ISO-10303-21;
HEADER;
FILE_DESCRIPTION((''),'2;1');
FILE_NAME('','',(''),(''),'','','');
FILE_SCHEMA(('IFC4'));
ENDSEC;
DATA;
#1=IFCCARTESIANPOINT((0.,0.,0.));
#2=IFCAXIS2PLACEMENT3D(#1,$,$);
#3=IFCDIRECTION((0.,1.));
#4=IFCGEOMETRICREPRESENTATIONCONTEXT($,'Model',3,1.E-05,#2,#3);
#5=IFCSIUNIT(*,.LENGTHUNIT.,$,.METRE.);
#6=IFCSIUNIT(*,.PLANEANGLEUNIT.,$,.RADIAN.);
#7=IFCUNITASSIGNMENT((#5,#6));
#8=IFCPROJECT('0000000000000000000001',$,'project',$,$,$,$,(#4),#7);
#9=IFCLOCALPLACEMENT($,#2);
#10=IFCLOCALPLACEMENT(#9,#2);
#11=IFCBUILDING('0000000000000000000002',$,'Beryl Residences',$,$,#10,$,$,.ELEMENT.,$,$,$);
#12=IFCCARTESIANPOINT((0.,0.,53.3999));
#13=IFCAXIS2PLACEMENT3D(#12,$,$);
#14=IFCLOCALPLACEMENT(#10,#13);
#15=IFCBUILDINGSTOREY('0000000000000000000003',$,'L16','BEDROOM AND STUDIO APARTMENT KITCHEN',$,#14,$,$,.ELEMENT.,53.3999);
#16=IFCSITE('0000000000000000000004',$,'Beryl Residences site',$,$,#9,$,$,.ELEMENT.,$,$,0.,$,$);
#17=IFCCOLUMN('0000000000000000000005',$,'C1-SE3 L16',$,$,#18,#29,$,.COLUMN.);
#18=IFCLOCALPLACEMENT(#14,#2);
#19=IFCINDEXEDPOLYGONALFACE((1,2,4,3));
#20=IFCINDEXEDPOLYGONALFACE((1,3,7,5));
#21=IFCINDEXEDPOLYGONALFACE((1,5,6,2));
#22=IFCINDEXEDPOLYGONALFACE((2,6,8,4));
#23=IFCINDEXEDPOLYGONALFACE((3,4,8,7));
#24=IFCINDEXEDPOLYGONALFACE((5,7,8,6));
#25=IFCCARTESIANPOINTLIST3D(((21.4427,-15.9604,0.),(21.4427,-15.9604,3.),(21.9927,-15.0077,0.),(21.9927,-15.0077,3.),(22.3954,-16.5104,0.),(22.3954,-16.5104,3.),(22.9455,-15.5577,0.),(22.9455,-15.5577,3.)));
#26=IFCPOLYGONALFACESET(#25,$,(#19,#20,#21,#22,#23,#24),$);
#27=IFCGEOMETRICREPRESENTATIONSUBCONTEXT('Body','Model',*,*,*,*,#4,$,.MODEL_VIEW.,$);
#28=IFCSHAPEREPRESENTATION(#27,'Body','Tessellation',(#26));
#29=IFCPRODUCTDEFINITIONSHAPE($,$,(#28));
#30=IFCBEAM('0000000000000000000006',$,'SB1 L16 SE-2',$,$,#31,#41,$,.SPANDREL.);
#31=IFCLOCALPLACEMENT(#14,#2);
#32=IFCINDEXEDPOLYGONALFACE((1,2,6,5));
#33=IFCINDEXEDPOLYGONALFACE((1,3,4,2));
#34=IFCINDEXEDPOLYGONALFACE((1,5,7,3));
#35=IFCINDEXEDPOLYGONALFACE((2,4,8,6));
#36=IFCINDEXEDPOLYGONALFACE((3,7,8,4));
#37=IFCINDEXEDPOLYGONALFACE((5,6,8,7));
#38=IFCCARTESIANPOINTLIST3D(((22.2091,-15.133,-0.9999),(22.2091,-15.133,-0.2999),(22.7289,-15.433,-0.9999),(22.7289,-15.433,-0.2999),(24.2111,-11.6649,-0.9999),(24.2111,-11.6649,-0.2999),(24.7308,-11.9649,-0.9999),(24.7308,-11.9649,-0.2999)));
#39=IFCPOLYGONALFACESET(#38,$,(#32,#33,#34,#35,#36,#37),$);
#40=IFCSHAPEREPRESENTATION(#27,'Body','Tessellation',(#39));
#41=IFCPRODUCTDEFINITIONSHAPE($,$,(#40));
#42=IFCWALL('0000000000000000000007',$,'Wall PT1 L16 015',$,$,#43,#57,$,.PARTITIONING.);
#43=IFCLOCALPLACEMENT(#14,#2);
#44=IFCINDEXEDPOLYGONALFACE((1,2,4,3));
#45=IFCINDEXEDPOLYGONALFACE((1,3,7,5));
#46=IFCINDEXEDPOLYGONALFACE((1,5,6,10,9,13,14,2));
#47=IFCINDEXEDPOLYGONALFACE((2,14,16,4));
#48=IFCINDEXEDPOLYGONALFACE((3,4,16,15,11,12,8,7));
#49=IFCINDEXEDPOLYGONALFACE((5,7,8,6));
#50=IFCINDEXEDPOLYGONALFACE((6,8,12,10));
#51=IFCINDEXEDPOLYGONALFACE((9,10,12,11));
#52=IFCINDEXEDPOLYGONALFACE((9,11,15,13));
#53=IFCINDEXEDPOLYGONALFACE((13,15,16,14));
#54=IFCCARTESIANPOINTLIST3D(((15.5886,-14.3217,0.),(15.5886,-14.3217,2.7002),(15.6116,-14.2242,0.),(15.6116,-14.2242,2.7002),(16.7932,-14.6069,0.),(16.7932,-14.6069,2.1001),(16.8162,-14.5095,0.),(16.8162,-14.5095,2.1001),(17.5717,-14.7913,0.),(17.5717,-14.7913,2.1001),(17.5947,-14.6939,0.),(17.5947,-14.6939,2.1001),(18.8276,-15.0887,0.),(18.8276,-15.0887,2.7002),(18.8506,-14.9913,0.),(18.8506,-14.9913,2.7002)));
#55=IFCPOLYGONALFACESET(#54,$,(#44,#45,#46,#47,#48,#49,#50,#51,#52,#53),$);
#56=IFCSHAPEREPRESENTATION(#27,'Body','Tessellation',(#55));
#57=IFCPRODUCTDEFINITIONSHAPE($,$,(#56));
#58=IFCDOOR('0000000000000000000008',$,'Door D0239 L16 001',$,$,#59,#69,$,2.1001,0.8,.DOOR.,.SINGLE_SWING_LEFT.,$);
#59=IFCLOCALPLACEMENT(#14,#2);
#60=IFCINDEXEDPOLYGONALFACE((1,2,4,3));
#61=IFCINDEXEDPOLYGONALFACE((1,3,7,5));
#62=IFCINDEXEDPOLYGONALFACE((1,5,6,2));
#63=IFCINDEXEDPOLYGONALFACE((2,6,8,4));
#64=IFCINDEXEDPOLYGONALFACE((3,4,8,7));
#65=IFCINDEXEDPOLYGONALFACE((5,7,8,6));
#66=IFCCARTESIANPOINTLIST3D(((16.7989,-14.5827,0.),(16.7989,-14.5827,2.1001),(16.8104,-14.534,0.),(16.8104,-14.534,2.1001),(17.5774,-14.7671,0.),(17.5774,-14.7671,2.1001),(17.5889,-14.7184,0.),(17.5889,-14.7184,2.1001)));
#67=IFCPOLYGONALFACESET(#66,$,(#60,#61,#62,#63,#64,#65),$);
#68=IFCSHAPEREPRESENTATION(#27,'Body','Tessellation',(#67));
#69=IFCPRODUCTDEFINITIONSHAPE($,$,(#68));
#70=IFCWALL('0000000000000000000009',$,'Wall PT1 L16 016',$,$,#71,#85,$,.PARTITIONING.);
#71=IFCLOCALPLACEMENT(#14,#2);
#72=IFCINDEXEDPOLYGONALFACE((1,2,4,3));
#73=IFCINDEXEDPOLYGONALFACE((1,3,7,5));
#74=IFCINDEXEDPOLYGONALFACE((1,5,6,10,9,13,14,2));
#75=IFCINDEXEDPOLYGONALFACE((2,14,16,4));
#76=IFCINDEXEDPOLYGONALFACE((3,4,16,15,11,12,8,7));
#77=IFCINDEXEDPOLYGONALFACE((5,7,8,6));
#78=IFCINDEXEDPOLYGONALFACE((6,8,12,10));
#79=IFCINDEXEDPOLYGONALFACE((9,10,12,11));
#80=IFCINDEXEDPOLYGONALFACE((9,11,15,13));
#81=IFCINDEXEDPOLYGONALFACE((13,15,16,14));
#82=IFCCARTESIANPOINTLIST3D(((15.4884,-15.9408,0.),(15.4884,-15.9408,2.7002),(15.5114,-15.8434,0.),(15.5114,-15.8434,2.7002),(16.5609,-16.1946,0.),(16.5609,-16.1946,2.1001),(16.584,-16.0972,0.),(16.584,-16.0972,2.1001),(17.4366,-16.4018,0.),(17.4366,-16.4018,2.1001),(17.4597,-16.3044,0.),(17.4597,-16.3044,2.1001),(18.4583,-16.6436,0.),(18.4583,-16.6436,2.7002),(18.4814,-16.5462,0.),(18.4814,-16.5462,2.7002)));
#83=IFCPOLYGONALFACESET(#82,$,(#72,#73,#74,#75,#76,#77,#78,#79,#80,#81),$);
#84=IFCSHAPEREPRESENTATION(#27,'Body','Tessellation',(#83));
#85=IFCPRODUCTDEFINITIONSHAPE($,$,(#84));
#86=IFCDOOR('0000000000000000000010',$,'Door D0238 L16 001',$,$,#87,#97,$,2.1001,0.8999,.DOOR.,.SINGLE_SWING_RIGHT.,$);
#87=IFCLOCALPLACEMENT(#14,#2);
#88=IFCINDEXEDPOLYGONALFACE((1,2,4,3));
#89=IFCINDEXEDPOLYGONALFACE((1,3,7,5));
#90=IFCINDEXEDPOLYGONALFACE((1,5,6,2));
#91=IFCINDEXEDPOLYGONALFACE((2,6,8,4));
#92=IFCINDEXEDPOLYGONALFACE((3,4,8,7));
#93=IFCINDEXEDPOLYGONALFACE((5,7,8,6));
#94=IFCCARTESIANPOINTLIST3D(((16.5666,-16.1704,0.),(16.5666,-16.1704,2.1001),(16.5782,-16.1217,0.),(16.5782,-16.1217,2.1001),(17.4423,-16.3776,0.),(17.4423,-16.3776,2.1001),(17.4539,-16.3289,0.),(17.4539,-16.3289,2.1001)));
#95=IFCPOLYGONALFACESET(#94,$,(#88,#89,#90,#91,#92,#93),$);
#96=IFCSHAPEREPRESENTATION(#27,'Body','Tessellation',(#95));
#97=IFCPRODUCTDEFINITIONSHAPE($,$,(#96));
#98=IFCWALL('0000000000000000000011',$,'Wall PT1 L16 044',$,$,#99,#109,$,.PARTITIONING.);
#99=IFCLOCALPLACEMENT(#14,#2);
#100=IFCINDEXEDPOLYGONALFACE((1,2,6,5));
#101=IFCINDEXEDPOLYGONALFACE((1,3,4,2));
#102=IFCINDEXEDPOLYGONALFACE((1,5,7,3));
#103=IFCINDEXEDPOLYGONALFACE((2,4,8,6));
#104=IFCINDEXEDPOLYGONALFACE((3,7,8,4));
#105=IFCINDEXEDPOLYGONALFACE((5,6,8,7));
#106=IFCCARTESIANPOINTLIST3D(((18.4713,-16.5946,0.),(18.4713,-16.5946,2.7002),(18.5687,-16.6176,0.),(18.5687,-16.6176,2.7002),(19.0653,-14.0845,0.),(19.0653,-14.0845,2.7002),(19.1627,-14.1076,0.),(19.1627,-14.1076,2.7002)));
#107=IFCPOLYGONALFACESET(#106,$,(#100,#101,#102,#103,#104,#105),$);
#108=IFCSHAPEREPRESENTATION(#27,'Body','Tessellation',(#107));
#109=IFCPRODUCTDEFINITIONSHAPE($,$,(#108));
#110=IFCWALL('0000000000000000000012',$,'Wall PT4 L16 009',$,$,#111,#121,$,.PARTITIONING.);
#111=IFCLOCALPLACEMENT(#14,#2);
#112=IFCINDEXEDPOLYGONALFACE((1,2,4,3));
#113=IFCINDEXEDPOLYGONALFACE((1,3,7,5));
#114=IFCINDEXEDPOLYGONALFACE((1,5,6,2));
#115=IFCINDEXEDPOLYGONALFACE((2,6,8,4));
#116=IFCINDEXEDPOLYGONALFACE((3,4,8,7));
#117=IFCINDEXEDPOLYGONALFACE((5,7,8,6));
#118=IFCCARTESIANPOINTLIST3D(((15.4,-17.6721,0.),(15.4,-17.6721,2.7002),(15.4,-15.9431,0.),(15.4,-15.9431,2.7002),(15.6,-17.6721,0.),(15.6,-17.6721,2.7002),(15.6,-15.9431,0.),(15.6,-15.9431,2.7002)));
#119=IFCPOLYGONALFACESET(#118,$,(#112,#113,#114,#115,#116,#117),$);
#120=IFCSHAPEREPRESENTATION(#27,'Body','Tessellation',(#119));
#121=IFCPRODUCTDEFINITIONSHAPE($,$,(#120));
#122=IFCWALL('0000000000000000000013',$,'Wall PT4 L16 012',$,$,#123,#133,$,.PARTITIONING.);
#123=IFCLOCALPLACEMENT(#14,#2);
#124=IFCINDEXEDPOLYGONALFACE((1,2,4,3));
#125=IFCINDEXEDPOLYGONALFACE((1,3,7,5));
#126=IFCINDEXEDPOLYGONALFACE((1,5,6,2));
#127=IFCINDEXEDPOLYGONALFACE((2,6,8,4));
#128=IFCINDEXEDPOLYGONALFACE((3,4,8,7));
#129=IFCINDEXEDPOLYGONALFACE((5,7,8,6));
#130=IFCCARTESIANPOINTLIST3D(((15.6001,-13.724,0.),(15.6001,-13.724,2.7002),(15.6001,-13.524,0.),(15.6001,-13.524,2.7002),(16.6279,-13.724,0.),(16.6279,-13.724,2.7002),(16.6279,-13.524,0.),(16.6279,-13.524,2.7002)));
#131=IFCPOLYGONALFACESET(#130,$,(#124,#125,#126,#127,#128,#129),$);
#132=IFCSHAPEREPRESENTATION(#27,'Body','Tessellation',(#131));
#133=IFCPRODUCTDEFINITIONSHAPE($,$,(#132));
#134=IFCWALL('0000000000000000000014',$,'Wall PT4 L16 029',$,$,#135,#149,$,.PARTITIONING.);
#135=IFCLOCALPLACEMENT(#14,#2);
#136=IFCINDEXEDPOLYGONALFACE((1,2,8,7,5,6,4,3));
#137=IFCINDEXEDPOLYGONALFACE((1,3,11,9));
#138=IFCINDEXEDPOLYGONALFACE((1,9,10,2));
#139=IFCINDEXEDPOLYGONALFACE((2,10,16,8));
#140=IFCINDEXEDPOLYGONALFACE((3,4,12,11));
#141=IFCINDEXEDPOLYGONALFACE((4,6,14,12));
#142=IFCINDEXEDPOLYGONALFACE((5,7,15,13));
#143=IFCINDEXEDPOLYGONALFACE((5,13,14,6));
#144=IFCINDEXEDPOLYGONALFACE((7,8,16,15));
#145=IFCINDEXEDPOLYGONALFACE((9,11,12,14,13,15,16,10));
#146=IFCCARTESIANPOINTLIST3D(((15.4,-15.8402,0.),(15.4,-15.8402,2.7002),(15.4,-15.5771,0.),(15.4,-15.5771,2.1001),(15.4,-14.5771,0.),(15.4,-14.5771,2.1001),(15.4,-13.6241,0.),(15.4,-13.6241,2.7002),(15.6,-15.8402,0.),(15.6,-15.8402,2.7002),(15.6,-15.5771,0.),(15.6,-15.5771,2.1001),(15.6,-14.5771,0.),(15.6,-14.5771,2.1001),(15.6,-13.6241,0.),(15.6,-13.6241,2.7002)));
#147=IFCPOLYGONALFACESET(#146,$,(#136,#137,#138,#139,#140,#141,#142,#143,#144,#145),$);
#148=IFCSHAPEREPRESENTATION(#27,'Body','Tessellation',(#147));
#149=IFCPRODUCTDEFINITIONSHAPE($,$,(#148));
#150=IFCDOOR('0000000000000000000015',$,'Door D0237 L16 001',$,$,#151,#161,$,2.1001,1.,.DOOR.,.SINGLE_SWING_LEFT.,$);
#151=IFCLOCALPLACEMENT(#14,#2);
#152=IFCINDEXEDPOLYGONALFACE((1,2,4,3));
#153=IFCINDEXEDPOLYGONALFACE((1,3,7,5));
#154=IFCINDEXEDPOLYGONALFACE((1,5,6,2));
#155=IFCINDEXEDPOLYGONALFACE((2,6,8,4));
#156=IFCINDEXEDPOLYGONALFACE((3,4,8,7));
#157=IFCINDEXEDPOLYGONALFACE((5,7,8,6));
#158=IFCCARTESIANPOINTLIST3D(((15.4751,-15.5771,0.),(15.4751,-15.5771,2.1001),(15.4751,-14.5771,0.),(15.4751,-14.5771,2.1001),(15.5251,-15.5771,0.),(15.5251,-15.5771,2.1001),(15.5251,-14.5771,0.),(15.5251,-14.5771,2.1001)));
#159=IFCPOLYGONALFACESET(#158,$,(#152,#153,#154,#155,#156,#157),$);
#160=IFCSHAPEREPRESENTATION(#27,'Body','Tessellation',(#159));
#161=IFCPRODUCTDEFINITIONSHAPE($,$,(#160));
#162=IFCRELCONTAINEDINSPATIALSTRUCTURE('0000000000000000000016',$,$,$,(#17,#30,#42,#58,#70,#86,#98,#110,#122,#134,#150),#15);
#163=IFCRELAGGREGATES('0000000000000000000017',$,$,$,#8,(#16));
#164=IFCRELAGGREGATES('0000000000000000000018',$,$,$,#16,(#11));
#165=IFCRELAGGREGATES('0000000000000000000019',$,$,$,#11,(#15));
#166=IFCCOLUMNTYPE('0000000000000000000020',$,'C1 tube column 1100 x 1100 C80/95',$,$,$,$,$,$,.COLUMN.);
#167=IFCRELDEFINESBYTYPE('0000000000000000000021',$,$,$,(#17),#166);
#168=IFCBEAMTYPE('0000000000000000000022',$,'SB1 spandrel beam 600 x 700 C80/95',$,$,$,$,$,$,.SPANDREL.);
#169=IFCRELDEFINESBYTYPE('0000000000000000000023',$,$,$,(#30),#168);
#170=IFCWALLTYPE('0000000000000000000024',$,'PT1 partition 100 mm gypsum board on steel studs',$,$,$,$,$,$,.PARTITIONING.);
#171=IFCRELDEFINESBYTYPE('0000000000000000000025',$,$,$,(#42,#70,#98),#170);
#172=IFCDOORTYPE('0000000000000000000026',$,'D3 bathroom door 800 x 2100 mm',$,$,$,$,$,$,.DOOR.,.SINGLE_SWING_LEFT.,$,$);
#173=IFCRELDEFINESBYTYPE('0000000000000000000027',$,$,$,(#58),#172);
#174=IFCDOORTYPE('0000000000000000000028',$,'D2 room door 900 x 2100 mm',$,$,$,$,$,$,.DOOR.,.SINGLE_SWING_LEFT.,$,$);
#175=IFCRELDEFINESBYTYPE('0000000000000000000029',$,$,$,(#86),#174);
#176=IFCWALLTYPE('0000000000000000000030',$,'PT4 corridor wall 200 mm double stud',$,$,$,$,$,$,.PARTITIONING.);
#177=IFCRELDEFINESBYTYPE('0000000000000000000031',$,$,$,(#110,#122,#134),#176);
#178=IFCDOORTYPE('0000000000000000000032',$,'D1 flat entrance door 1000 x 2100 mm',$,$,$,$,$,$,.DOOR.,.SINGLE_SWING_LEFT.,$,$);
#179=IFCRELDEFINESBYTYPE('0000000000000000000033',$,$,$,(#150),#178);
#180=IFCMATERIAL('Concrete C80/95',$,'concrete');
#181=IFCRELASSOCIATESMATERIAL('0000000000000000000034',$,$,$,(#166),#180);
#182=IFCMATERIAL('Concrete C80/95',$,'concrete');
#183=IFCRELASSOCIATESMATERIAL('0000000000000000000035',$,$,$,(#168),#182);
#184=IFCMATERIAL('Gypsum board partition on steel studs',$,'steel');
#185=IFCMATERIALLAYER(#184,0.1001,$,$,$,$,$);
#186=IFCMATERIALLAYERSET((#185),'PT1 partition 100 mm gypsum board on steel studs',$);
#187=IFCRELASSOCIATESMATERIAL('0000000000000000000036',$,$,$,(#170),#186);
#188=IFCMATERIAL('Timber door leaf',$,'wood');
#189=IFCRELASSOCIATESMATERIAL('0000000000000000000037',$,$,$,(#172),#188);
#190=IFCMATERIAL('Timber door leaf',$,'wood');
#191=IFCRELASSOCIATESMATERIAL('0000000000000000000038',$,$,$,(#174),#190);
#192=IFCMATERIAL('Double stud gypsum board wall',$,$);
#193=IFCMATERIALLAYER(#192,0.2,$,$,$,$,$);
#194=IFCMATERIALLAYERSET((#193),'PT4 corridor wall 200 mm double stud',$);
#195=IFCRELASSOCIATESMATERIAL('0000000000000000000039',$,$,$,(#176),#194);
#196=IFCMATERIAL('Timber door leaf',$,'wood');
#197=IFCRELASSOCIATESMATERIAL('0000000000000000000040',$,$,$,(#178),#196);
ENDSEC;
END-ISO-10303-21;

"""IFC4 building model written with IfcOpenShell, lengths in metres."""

from ifc_helpers import new_model, si_unit, direction, frame, frame_2d, origin, origin_2d, place, context, subcontext, project, spatial, rectangle, extrude, material, layer, layer_set, material_profile, profile_set, type_object, element, fill, save


model = new_model("IFC4")

# Units and contexts
model_context = context("Model", 3, precision=1e-05, world=origin(), true_north=direction((0.0, 1.0)))
body_context = subcontext(model_context, "Body", "Model", "MODEL_VIEW")
ifc_project = project(units=[si_unit("LENGTHUNIT", "METRE"), si_unit("PLANEANGLEUNIT", "RADIAN")], contexts=[model_context])

# Site, building, storey
site_placement = place(None, origin())
site = spatial("IfcSite", under=ifc_project, at=site_placement, Name="Beryl Residences site", CompositionType="ELEMENT", RefElevation=0.0)
building_placement = place(site_placement, origin())
building = spatial("IfcBuilding", under=site, at=building_placement, Name="Beryl Residences", CompositionType="ELEMENT")
storey_placement = place(building_placement, frame((0.0, 0.0, 53.3999)))
storey = spatial("IfcBuildingStorey", under=building, at=storey_placement, Name="L16", Description="BEDROOM AND STUDIO APARTMENT KITCHEN", CompositionType="ELEMENT", Elevation=53.3999)

# Column
ifc_material_1 = material(Name="Concrete C80/95", Category="concrete")
ifc_material_profile_1 = material_profile(ifc_material_1, rectangle(XDim=1.1001, YDim=1.1001, at=origin_2d()))
ifc_profile_set_1 = profile_set([ifc_material_profile_1], Name="Concrete C80/95")
column_type = type_object("IfcColumnType", Name="C1 tube column 1100 x 1100 C80/95", PredefinedType="COLUMN", material=ifc_profile_set_1)
column_placement = place(storey_placement, frame((22.1941, -15.759, 0.0), z_axis=(0.0, 0.0, 1.0), x_axis=(0.499985, 0.866034, 0.0)))
element("IfcColumn", 1, at=column_placement, inside=storey, type_object=column_type, Name="C1-SE3 L16", PredefinedType="COLUMN", context=body_context, shape_type="SweptSolid", body=[
    extrude(rectangle(XDim=1.1001, YDim=1.1001, at=origin_2d()), origin(), (0.0, 0.0, 1.0), 3.0),
])

# Beam
ifc_material_2 = material(Name="Concrete C80/95", Category="concrete")
ifc_material_profile_2 = material_profile(ifc_material_2, rectangle(XDim=0.6001, YDim=0.7, at=origin_2d()))
ifc_profile_set_2 = profile_set([ifc_material_profile_2], Name="Concrete C80/95")
beam_type = type_object("IfcBeamType", Name="SB1 spandrel beam 600 x 700 C80/95", PredefinedType="SPANDREL", material=ifc_profile_set_2)
beam_placement = place(storey_placement, frame((22.469, -15.283, -0.6499), z_axis=(0.499942, 0.866059, 0.0), x_axis=(-0.866059, 0.499942, 0.0)))
element("IfcBeam", 2, at=beam_placement, inside=storey, type_object=beam_type, Name="SB1 L16 SE-2", PredefinedType="SPANDREL", context=body_context, shape_type="SweptSolid", body=[
    extrude(rectangle(XDim=0.6001, YDim=0.7, at=origin_2d()), origin(), (0.0, 0.0, 1.0), 4.0044),
])

# Walls, openings, doors
ifc_material_3 = material(Name="Gypsum board partition on steel studs", Category="steel")
ifc_layer_1 = layer(ifc_material_3, 0.1001)
ifc_layer_set_1 = layer_set([ifc_layer_1], Name="PT1 partition 100 mm gypsum board on steel studs")
wall_type_1 = type_object("IfcWallType", Name="PT1 partition 100 mm gypsum board on steel studs", PredefinedType="PARTITIONING", material=ifc_layer_set_1)
wall_1_placement = place(storey_placement, frame((15.6001, -14.2729, 0.0), z_axis=(0.0, 0.0, 1.0), x_axis=(0.973083, -0.230454, 0.0)))
wall_1 = element("IfcWall", 3, at=wall_1_placement, inside=storey, type_object=wall_type_1, Name="Wall PT1 L16 015", PredefinedType="PARTITIONING", context=body_context, shape_type="SweptSolid", body=[
    extrude(rectangle(XDim=3.3286, YDim=0.1001, at=frame_2d((1.6643, 0.0))), origin(), (0.0, 0.0, 1.0), 2.7002),
])
opening_1_placement = place(wall_1_placement, frame((1.238, 0.0, 0.0)))
opening_1 = element("IfcOpeningElement", 4, at=opening_1_placement, cuts=wall_1, PredefinedType="OPENING", context=body_context, shape_type="SweptSolid", body=[
    extrude(rectangle(XDim=0.8, YDim=2.1001, at=frame_2d((0.3999, 1.05))), frame((0.0, 0.0601, 0.0), z_axis=(0.0, -1.0, 0.0), x_axis=(1.0, 0.0, 0.0)), (0.0, 0.0, 1.0), 0.1201),
])
ifc_material_4 = material(Name="Timber door leaf", Category="wood")
door_type_1 = type_object("IfcDoorType", Name="D3 bathroom door 800 x 2100 mm", OperationType="SINGLE_SWING_LEFT", PredefinedType="DOOR", material=ifc_material_4)
door_1_placement = place(opening_1_placement, origin())
door_1 = element("IfcDoor", 5, at=door_1_placement, inside=storey, type_object=door_type_1, Name="Door D0239 L16 001", OperationType="SINGLE_SWING_LEFT", OverallHeight=2.1001, OverallWidth=0.8, PredefinedType="DOOR", context=body_context, shape_type="SweptSolid", body=[
    extrude(rectangle(XDim=0.8, YDim=2.1001, at=frame_2d((0.3999, 1.05))), frame((0.0, 0.0249, 0.0), z_axis=(0.0, -1.0, 0.0), x_axis=(1.0, 0.0, 0.0)), (0.0, 0.0, 1.0), 0.05),
])
fill(opening_1, door_1)
wall_2_placement = place(storey_placement, frame((15.5, -15.8921, 0.0), z_axis=(0.0, 0.0, 1.0), x_axis=(0.973119, -0.230301, 0.0)))
wall_2 = element("IfcWall", 6, at=wall_2_placement, inside=storey, type_object=wall_type_1, Name="Wall PT1 L16 016", PredefinedType="PARTITIONING", context=body_context, shape_type="SweptSolid", body=[
    extrude(rectangle(XDim=3.052, YDim=0.1001, at=frame_2d((1.5259, 0.0))), origin(), (0.0, 0.0, 1.0), 2.7002),
])
opening_2_placement = place(wall_2_placement, frame((1.1021, 0.0, 0.0)))
opening_2 = element("IfcOpeningElement", 7, at=opening_2_placement, cuts=wall_2, PredefinedType="OPENING", context=body_context, shape_type="SweptSolid", body=[
    extrude(rectangle(XDim=0.8999, YDim=2.1001, at=frame_2d((0.45, 1.05))), frame((0.0, 0.0601, 0.0), z_axis=(0.0, -1.0, 0.0), x_axis=(1.0, 0.0, 0.0)), (0.0, 0.0, 1.0), 0.1201),
])
ifc_material_5 = material(Name="Timber door leaf", Category="wood")
door_type_2 = type_object("IfcDoorType", Name="D2 room door 900 x 2100 mm", OperationType="SINGLE_SWING_LEFT", PredefinedType="DOOR", material=ifc_material_5)
door_2_placement = place(opening_2_placement, origin())
door_2 = element("IfcDoor", 8, at=door_2_placement, inside=storey, type_object=door_type_2, Name="Door D0238 L16 001", OperationType="SINGLE_SWING_RIGHT", OverallHeight=2.1001, OverallWidth=0.8999, PredefinedType="DOOR", context=body_context, shape_type="SweptSolid", body=[
    extrude(rectangle(XDim=0.8999, YDim=2.1001, at=frame_2d((0.45, 1.05))), frame((0.0, 0.0249, 0.0), z_axis=(0.0, -1.0, 0.0), x_axis=(1.0, 0.0, 0.0)), (0.0, 0.0, 1.0), 0.05),
])
fill(opening_2, door_2)

# Walls
wall_3_placement = place(storey_placement, frame((18.52, -16.606, 0.0), z_axis=(0.0, 0.0, 1.0), x_axis=(0.230289, 0.973122, 0.0)))
element("IfcWall", 9, at=wall_3_placement, inside=storey, type_object=wall_type_1, Name="Wall PT1 L16 044", PredefinedType="PARTITIONING", context=body_context, shape_type="SweptSolid", body=[
    extrude(rectangle(XDim=2.5793, YDim=0.1001, at=frame_2d((1.2896, 0.0))), origin(), (0.0, 0.0, 1.0), 2.7002),
])
ifc_material_6 = material(Name="Double stud gypsum board wall")
ifc_layer_2 = layer(ifc_material_6, 0.2)
ifc_layer_set_2 = layer_set([ifc_layer_2], Name="PT4 corridor wall 200 mm double stud")
wall_type_2 = type_object("IfcWallType", Name="PT4 corridor wall 200 mm double stud", PredefinedType="PARTITIONING", material=ifc_layer_set_2)
wall_4_placement = place(storey_placement, frame((15.5, -15.9431, 0.0), z_axis=(0.0, 0.0, 1.0), x_axis=(0.0, -1.0, 0.0)))
element("IfcWall", 10, at=wall_4_placement, inside=storey, type_object=wall_type_2, Name="Wall PT4 L16 009", PredefinedType="PARTITIONING", context=body_context, shape_type="SweptSolid", body=[
    extrude(rectangle(XDim=1.729, YDim=0.2, at=frame_2d((0.8645, 0.0))), origin(), (0.0, 0.0, 1.0), 2.7002),
])
wall_5_placement = place(storey_placement, frame((15.6001, -13.624, 0.0), z_axis=(0.0, 0.0, 1.0), x_axis=(1.0, 0.0, 0.0)))
element("IfcWall", 11, at=wall_5_placement, inside=storey, type_object=wall_type_2, Name="Wall PT4 L16 012", PredefinedType="PARTITIONING", context=body_context, shape_type="SweptSolid", body=[
    extrude(rectangle(XDim=1.0278, YDim=0.2, at=frame_2d((0.5139, 0.0))), origin(), (0.0, 0.0, 1.0), 2.7002),
])

# Wall, opening, door
wall_6_placement = place(storey_placement, frame((15.5, -15.8401, 0.0), z_axis=(0.0, 0.0, 1.0), x_axis=(0.0, 1.0, 0.0)))
wall_6 = element("IfcWall", 12, at=wall_6_placement, inside=storey, type_object=wall_type_2, Name="Wall PT4 L16 029", PredefinedType="PARTITIONING", context=body_context, shape_type="SweptSolid", body=[
    extrude(rectangle(XDim=2.2161, YDim=0.2, at=frame_2d((1.1079, 0.0))), origin(), (0.0, 0.0, 1.0), 2.7002),
])
opening_3_placement = place(wall_6_placement, frame((0.2629, 0.0, 0.0)))
opening_3 = element("IfcOpeningElement", 13, at=opening_3_placement, cuts=wall_6, PredefinedType="OPENING", context=body_context, shape_type="SweptSolid", body=[
    extrude(rectangle(XDim=1.0, YDim=2.1001, at=frame_2d((0.5, 1.05))), frame((0.0, 0.1099, 0.0), z_axis=(0.0, -1.0, 0.0), x_axis=(1.0, 0.0, 0.0)), (0.0, 0.0, 1.0), 0.22),
])
ifc_material_7 = material(Name="Timber door leaf", Category="wood")
door_type_3 = type_object("IfcDoorType", Name="D1 flat entrance door 1000 x 2100 mm", OperationType="SINGLE_SWING_LEFT", PredefinedType="DOOR", material=ifc_material_7)
door_3_placement = place(opening_3_placement, origin())
door_3 = element("IfcDoor", 14, at=door_3_placement, inside=storey, type_object=door_type_3, Name="Door D0237 L16 001", OperationType="SINGLE_SWING_LEFT", OverallHeight=2.1001, OverallWidth=1.0, PredefinedType="DOOR", context=body_context, shape_type="SweptSolid", body=[
    extrude(rectangle(XDim=1.0, YDim=2.1001, at=frame_2d((0.5, 1.05))), frame((0.0, 0.0249, 0.0), z_axis=(0.0, -1.0, 0.0), x_axis=(1.0, 0.0, 0.0)), (0.0, 0.0, 1.0), 0.05),
])
fill(opening_3, door_3)

save(model, "model.ifc")
